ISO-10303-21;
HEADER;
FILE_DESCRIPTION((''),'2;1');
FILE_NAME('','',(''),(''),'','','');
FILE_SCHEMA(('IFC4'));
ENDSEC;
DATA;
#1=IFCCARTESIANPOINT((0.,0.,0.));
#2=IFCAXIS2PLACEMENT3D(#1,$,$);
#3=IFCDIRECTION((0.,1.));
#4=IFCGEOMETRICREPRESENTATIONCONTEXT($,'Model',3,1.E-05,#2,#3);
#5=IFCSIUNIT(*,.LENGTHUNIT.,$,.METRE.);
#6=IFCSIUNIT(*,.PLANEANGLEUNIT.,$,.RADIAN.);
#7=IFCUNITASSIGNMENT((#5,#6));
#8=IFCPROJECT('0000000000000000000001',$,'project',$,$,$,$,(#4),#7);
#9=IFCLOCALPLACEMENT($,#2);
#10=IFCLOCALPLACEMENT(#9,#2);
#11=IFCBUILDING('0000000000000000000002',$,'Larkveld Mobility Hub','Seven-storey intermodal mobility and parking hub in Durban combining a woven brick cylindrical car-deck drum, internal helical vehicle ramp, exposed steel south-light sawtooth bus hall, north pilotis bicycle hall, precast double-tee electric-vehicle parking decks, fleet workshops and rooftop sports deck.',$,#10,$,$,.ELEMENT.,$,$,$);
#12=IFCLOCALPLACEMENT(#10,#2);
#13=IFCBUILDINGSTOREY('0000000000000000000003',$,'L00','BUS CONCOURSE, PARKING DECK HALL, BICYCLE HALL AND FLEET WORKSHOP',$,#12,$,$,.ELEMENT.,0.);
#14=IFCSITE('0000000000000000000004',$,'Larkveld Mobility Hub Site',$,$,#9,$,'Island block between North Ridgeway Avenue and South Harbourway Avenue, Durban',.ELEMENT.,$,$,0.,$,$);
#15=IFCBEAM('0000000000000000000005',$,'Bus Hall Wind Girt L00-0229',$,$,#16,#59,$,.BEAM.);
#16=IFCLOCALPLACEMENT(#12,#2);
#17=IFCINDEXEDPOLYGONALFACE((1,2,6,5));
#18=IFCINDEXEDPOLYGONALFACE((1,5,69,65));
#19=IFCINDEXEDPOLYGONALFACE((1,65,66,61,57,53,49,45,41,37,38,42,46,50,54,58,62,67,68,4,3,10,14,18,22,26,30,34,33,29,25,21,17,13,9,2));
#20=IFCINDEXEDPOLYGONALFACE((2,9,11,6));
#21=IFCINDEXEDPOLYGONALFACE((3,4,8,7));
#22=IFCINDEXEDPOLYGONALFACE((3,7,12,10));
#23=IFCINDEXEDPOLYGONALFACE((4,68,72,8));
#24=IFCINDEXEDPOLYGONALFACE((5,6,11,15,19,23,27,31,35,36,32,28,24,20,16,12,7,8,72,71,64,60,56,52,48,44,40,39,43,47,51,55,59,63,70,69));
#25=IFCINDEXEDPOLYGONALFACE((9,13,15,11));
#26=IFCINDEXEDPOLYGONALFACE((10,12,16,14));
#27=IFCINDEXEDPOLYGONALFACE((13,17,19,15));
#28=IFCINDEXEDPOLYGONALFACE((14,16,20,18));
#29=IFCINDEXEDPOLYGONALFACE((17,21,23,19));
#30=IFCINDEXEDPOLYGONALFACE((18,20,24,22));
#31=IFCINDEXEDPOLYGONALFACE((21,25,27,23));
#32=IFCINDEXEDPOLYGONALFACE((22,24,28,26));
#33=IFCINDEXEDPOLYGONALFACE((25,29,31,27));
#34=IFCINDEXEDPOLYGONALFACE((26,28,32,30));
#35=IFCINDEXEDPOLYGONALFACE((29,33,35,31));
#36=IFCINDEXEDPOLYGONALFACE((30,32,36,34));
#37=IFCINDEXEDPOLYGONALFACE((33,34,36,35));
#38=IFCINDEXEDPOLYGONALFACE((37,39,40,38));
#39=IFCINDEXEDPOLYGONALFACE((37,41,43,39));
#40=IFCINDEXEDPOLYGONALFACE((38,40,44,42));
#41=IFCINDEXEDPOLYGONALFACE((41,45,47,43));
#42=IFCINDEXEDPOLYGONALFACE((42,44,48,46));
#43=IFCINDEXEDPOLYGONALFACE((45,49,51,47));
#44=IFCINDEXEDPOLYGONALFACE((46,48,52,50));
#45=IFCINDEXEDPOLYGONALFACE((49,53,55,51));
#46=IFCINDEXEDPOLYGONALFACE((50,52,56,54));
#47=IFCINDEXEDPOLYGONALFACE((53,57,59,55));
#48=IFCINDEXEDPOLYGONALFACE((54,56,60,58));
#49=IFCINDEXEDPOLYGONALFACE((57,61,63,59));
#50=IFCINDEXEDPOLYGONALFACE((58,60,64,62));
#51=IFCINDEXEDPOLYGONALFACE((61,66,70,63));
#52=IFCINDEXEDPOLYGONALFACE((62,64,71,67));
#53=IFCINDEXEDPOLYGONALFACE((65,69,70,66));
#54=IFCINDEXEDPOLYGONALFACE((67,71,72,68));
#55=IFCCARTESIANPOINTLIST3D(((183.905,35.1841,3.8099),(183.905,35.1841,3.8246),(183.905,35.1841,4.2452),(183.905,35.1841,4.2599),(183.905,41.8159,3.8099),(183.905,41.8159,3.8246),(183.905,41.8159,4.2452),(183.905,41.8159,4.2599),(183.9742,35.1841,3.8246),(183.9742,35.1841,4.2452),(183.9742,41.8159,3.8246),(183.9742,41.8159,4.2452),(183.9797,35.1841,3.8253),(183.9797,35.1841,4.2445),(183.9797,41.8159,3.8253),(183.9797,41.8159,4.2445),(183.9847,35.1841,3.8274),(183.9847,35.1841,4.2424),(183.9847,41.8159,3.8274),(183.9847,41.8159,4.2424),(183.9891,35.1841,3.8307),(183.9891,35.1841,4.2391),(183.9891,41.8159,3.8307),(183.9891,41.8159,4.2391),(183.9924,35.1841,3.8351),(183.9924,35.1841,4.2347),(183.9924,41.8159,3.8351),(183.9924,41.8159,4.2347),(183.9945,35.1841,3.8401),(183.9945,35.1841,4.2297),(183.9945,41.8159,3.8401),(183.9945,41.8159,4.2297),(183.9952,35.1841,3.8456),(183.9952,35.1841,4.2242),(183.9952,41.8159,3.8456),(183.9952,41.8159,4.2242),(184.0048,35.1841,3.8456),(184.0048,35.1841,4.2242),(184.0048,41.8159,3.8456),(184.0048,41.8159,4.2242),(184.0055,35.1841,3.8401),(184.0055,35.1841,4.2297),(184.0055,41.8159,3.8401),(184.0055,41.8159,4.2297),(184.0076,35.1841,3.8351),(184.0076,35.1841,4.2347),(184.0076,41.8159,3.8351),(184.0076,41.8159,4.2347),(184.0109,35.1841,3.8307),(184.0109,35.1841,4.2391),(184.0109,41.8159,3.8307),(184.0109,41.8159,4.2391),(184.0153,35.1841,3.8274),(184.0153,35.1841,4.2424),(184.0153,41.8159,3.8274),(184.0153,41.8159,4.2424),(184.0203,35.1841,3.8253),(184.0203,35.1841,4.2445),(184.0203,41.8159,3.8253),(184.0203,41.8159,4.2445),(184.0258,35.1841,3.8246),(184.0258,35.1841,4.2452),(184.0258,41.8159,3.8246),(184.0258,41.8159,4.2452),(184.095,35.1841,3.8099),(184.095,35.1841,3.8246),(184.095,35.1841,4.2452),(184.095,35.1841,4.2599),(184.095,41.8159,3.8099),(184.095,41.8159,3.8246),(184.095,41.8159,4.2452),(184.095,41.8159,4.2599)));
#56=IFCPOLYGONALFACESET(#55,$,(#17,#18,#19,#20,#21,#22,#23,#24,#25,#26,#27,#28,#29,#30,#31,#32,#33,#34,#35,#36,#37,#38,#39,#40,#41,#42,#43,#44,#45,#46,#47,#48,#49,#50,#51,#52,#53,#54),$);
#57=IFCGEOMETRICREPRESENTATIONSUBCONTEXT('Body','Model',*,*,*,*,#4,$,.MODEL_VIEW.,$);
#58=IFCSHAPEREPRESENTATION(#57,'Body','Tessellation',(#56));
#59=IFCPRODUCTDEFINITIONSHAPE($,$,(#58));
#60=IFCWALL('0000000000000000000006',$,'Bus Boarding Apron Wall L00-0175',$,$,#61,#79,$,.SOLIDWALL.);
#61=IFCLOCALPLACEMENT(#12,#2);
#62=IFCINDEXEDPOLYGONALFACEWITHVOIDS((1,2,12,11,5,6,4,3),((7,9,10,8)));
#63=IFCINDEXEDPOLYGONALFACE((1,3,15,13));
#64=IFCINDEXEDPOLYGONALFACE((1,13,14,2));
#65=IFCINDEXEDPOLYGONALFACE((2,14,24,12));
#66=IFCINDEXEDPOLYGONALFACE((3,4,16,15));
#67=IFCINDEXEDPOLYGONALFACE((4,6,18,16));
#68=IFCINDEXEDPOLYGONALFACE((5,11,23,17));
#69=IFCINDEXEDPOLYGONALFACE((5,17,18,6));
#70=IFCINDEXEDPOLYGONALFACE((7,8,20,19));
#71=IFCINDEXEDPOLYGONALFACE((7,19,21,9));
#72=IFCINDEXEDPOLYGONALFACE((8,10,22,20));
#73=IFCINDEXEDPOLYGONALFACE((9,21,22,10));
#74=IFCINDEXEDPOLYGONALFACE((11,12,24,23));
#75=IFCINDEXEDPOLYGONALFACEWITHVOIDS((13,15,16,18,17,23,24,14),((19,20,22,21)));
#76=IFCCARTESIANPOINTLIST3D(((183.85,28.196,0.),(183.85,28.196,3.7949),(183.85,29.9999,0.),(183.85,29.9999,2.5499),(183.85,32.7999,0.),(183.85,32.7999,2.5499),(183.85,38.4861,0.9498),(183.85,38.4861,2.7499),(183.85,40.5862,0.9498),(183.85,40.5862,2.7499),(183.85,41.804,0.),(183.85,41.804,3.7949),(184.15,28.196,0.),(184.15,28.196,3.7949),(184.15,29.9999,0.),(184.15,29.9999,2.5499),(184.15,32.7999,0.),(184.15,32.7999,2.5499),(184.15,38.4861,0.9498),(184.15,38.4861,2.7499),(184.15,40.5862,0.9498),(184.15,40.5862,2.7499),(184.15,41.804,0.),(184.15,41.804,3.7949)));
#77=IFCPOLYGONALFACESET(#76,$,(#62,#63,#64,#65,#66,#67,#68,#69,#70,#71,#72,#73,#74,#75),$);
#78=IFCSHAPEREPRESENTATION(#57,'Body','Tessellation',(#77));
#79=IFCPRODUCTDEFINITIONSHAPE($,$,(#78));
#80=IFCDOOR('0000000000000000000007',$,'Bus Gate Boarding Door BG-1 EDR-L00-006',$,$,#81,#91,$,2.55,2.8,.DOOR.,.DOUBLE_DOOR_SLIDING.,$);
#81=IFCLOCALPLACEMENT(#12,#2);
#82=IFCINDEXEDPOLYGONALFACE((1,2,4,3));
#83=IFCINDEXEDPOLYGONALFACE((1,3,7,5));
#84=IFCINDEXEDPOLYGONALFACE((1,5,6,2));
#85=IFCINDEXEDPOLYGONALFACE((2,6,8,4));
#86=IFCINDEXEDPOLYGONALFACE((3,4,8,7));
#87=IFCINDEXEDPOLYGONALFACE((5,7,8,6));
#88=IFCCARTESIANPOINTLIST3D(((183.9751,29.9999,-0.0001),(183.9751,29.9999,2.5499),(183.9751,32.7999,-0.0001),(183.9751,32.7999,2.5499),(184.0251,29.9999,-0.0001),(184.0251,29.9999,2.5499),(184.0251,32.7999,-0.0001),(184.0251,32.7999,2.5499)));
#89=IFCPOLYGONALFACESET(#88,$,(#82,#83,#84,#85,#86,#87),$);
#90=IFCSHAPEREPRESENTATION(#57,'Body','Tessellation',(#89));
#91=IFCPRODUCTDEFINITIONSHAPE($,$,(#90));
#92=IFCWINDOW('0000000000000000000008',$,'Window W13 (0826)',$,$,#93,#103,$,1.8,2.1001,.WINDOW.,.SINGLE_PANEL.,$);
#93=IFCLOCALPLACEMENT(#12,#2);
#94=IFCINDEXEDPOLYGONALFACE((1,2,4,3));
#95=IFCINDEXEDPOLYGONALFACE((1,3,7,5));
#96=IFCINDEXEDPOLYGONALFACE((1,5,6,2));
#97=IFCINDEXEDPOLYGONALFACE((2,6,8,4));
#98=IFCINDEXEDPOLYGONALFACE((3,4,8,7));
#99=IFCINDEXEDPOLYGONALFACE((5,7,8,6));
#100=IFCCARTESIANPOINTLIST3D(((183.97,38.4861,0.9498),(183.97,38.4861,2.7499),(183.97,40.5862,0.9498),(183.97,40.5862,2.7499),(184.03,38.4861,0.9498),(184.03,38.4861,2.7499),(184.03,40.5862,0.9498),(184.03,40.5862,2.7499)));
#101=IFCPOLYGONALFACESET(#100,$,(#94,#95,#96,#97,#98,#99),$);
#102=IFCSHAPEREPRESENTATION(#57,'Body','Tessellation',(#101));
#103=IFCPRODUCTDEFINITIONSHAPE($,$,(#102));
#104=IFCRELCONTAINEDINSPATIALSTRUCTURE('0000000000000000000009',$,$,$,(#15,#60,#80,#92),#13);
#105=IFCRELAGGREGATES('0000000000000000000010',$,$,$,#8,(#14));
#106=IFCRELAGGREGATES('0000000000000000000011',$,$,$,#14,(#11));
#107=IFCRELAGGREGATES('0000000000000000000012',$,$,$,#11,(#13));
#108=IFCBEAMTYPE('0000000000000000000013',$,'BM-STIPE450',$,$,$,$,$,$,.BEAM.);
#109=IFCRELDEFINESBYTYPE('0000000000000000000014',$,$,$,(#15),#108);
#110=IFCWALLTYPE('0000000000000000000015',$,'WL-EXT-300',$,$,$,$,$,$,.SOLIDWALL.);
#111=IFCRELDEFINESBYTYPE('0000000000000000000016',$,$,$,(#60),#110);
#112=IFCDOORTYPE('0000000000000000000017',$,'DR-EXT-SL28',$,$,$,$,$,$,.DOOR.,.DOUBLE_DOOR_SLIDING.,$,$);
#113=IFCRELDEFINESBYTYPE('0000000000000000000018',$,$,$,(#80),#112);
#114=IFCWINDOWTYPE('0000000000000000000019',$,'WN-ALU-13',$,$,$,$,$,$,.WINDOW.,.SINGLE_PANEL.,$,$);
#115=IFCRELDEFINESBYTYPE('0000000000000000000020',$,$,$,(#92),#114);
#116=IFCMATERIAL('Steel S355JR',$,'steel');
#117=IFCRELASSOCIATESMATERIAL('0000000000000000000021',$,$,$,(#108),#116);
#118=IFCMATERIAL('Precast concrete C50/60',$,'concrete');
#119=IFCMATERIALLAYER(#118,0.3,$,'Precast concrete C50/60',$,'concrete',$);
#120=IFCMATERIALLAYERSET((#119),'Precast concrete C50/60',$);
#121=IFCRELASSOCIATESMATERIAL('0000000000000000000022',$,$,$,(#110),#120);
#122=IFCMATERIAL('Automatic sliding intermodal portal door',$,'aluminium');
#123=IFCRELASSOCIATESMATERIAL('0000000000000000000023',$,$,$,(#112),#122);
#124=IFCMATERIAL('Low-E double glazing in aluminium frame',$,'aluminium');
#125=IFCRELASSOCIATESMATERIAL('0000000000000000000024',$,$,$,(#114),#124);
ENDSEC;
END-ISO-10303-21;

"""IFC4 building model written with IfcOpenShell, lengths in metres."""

from ifc_helpers import new_model, si_unit, direction, frame, frame_2d, origin, origin_2d, place, context, subcontext, project, spatial, rectangle, i_section, extrude, material, layer, layer_set, material_profile, profile_set, type_object, element, fill, save


model = new_model("IFC4")

# Units and contexts
model_context = context("Model", 3, precision=1e-05, world=origin(), true_north=direction((0.0, 1.0)))
body_context = subcontext(model_context, "Body", "Model", "MODEL_VIEW")
ifc_project = project(units=[si_unit("LENGTHUNIT", "METRE"), si_unit("PLANEANGLEUNIT", "RADIAN")], contexts=[model_context])

# Site, building, storey
site_placement = place(None, origin())
site = spatial("IfcSite", under=ifc_project, at=site_placement, Name="Larkveld Mobility Hub Site", LongName="Island block between North Ridgeway Avenue and South Harbourway Avenue, Durban", CompositionType="ELEMENT", RefElevation=0.0)
building_placement = place(site_placement, origin())
building = spatial("IfcBuilding", under=site, at=building_placement, Name="Larkveld Mobility Hub", Description="Seven-storey intermodal mobility and parking hub in Durban combining a woven brick cylindrical car-deck drum, internal helical vehicle ramp, exposed steel south-light sawtooth bus hall, north pilotis bicycle hall, precast double-tee electric-vehicle parking decks, fleet workshops and rooftop sports deck.", CompositionType="ELEMENT")
storey_placement = place(building_placement, origin())
storey = spatial("IfcBuildingStorey", under=building, at=storey_placement, Name="L00", Description="BUS CONCOURSE, PARKING DECK HALL, BICYCLE HALL AND FLEET WORKSHOP", CompositionType="ELEMENT", Elevation=0.0)

# Shared definitions
ifc_material_1 = material(Name="Steel S355JR", Category="steel")

# Beam
ifc_material_profile_1 = material_profile(ifc_material_1, i_section(OverallWidth=0.1899, OverallDepth=0.45, WebThickness=0.0095, FlangeThickness=0.0146, FilletRadius=0.021, at=origin_2d()), Name="IPE 450")
ifc_profile_set_1 = profile_set([ifc_material_profile_1], Name="Steel S355JR")
beam_type = type_object("IfcBeamType", Name="BM-STIPE450", PredefinedType="BEAM", material=ifc_profile_set_1)
for number, where, z_axis, x_axis, name in (
    (1, (184.0, 35.1841, 4.0349), (0.0, 1.0, 0.0), (-1.0, 0.0, 0.0), "Bus Hall Wind Girt L00-0229"),
):
    element("IfcBeam", number, at=place(storey_placement, frame(where, z_axis=z_axis, x_axis=x_axis)), inside=storey, type_object=beam_type, Name=name, PredefinedType="BEAM", context=body_context, shape_type="SweptSolid", body=[
        extrude(i_section(OverallWidth=0.1899, OverallDepth=0.45, WebThickness=0.0095, FlangeThickness=0.0146, FilletRadius=0.021, at=origin_2d()), origin(), (0.0, 0.0, 1.0), 6.6318),
    ])

# Wall, openings, door, window
ifc_material_2 = material(Name="Precast concrete C50/60", Category="concrete")
ifc_layer = layer(ifc_material_2, 0.3, Name="Precast concrete C50/60", Category="concrete")
ifc_layer_set = layer_set([ifc_layer], Name="Precast concrete C50/60")
wall_type = type_object("IfcWallType", Name="WL-EXT-300", PredefinedType="SOLIDWALL", material=ifc_layer_set)
wall_placement = place(storey_placement, frame((184.0, 28.196, 0.0), z_axis=(0.0, 0.0, 1.0), x_axis=(0.0, 1.0, 0.0)))
wall = element("IfcWall", 2, at=wall_placement, inside=storey, type_object=wall_type, Name="Bus Boarding Apron Wall L00-0175", PredefinedType="SOLIDWALL", context=body_context, shape_type="SweptSolid", body=[
    extrude(rectangle(XDim=13.6079, YDim=0.3, at=frame_2d((6.804, 0.0))), origin(), (0.0, 0.0, 1.0), 3.7949),
])
opening_1_placement = place(wall_placement, frame((1.804, 0.0, 0.0)))
opening_1 = element("IfcOpeningElement", 3, at=opening_1_placement, cuts=wall, PredefinedType="OPENING", context=body_context, shape_type="SweptSolid", body=[
    extrude(rectangle(XDim=2.8, YDim=2.55, at=frame_2d((1.3999, 1.2749))), frame((0.0, 0.1602, 0.0), z_axis=(0.0, -1.0, 0.0), x_axis=(1.0, 0.0, 0.0)), (0.0, 0.0, 1.0), 0.3201),
])
opening_2_placement = place(wall_placement, frame((10.29, 0.0, 0.95)))
opening_2 = element("IfcOpeningElement", 4, at=opening_2_placement, cuts=wall, PredefinedType="OPENING", context=body_context, shape_type="SweptSolid", body=[
    extrude(rectangle(XDim=2.1001, YDim=1.8, at=frame_2d((1.05, 0.8999))), frame((0.0, 0.1602, 0.0), z_axis=(0.0, -1.0, 0.0), x_axis=(1.0, 0.0, 0.0)), (0.0, 0.0, 1.0), 0.3201),
])
ifc_material_3 = material(Name="Automatic sliding intermodal portal door", Category="aluminium")
door_type = type_object("IfcDoorType", Name="DR-EXT-SL28", OperationType="DOUBLE_DOOR_SLIDING", PredefinedType="DOOR", material=ifc_material_3)
door_placement = place(opening_1_placement, origin())
door = element("IfcDoor", 5, at=door_placement, inside=storey, type_object=door_type, Name="Bus Gate Boarding Door BG-1 EDR-L00-006", OperationType="DOUBLE_DOOR_SLIDING", OverallHeight=2.55, OverallWidth=2.8, PredefinedType="DOOR", context=body_context, shape_type="SweptSolid", body=[
    extrude(rectangle(XDim=2.8, YDim=2.55, at=frame_2d((1.3999, 1.2749))), frame((0.0, 0.0249, 0.0), z_axis=(0.0, -1.0, 0.0), x_axis=(1.0, 0.0, 0.0)), (0.0, 0.0, 1.0), 0.05),
])
fill(opening_1, door)
ifc_material_4 = material(Name="Low-E double glazing in aluminium frame", Category="aluminium")
window_type = type_object("IfcWindowType", Name="WN-ALU-13", PartitioningType="SINGLE_PANEL", PredefinedType="WINDOW", material=ifc_material_4)
window_placement = place(opening_2_placement, origin())
window = element("IfcWindow", 6, at=window_placement, inside=storey, type_object=window_type, Name="Window W13 (0826)", OverallHeight=1.8, OverallWidth=2.1001, PartitioningType="SINGLE_PANEL", PredefinedType="WINDOW", context=body_context, shape_type="SweptSolid", body=[
    extrude(rectangle(XDim=2.1001, YDim=1.8, at=frame_2d((1.05, 0.8999))), frame((0.0, 0.03, 0.0), z_axis=(0.0, -1.0, 0.0), x_axis=(1.0, 0.0, 0.0)), (0.0, 0.0, 1.0), 0.0601),
])
fill(opening_2, window)

save(model, "model.ifc")
